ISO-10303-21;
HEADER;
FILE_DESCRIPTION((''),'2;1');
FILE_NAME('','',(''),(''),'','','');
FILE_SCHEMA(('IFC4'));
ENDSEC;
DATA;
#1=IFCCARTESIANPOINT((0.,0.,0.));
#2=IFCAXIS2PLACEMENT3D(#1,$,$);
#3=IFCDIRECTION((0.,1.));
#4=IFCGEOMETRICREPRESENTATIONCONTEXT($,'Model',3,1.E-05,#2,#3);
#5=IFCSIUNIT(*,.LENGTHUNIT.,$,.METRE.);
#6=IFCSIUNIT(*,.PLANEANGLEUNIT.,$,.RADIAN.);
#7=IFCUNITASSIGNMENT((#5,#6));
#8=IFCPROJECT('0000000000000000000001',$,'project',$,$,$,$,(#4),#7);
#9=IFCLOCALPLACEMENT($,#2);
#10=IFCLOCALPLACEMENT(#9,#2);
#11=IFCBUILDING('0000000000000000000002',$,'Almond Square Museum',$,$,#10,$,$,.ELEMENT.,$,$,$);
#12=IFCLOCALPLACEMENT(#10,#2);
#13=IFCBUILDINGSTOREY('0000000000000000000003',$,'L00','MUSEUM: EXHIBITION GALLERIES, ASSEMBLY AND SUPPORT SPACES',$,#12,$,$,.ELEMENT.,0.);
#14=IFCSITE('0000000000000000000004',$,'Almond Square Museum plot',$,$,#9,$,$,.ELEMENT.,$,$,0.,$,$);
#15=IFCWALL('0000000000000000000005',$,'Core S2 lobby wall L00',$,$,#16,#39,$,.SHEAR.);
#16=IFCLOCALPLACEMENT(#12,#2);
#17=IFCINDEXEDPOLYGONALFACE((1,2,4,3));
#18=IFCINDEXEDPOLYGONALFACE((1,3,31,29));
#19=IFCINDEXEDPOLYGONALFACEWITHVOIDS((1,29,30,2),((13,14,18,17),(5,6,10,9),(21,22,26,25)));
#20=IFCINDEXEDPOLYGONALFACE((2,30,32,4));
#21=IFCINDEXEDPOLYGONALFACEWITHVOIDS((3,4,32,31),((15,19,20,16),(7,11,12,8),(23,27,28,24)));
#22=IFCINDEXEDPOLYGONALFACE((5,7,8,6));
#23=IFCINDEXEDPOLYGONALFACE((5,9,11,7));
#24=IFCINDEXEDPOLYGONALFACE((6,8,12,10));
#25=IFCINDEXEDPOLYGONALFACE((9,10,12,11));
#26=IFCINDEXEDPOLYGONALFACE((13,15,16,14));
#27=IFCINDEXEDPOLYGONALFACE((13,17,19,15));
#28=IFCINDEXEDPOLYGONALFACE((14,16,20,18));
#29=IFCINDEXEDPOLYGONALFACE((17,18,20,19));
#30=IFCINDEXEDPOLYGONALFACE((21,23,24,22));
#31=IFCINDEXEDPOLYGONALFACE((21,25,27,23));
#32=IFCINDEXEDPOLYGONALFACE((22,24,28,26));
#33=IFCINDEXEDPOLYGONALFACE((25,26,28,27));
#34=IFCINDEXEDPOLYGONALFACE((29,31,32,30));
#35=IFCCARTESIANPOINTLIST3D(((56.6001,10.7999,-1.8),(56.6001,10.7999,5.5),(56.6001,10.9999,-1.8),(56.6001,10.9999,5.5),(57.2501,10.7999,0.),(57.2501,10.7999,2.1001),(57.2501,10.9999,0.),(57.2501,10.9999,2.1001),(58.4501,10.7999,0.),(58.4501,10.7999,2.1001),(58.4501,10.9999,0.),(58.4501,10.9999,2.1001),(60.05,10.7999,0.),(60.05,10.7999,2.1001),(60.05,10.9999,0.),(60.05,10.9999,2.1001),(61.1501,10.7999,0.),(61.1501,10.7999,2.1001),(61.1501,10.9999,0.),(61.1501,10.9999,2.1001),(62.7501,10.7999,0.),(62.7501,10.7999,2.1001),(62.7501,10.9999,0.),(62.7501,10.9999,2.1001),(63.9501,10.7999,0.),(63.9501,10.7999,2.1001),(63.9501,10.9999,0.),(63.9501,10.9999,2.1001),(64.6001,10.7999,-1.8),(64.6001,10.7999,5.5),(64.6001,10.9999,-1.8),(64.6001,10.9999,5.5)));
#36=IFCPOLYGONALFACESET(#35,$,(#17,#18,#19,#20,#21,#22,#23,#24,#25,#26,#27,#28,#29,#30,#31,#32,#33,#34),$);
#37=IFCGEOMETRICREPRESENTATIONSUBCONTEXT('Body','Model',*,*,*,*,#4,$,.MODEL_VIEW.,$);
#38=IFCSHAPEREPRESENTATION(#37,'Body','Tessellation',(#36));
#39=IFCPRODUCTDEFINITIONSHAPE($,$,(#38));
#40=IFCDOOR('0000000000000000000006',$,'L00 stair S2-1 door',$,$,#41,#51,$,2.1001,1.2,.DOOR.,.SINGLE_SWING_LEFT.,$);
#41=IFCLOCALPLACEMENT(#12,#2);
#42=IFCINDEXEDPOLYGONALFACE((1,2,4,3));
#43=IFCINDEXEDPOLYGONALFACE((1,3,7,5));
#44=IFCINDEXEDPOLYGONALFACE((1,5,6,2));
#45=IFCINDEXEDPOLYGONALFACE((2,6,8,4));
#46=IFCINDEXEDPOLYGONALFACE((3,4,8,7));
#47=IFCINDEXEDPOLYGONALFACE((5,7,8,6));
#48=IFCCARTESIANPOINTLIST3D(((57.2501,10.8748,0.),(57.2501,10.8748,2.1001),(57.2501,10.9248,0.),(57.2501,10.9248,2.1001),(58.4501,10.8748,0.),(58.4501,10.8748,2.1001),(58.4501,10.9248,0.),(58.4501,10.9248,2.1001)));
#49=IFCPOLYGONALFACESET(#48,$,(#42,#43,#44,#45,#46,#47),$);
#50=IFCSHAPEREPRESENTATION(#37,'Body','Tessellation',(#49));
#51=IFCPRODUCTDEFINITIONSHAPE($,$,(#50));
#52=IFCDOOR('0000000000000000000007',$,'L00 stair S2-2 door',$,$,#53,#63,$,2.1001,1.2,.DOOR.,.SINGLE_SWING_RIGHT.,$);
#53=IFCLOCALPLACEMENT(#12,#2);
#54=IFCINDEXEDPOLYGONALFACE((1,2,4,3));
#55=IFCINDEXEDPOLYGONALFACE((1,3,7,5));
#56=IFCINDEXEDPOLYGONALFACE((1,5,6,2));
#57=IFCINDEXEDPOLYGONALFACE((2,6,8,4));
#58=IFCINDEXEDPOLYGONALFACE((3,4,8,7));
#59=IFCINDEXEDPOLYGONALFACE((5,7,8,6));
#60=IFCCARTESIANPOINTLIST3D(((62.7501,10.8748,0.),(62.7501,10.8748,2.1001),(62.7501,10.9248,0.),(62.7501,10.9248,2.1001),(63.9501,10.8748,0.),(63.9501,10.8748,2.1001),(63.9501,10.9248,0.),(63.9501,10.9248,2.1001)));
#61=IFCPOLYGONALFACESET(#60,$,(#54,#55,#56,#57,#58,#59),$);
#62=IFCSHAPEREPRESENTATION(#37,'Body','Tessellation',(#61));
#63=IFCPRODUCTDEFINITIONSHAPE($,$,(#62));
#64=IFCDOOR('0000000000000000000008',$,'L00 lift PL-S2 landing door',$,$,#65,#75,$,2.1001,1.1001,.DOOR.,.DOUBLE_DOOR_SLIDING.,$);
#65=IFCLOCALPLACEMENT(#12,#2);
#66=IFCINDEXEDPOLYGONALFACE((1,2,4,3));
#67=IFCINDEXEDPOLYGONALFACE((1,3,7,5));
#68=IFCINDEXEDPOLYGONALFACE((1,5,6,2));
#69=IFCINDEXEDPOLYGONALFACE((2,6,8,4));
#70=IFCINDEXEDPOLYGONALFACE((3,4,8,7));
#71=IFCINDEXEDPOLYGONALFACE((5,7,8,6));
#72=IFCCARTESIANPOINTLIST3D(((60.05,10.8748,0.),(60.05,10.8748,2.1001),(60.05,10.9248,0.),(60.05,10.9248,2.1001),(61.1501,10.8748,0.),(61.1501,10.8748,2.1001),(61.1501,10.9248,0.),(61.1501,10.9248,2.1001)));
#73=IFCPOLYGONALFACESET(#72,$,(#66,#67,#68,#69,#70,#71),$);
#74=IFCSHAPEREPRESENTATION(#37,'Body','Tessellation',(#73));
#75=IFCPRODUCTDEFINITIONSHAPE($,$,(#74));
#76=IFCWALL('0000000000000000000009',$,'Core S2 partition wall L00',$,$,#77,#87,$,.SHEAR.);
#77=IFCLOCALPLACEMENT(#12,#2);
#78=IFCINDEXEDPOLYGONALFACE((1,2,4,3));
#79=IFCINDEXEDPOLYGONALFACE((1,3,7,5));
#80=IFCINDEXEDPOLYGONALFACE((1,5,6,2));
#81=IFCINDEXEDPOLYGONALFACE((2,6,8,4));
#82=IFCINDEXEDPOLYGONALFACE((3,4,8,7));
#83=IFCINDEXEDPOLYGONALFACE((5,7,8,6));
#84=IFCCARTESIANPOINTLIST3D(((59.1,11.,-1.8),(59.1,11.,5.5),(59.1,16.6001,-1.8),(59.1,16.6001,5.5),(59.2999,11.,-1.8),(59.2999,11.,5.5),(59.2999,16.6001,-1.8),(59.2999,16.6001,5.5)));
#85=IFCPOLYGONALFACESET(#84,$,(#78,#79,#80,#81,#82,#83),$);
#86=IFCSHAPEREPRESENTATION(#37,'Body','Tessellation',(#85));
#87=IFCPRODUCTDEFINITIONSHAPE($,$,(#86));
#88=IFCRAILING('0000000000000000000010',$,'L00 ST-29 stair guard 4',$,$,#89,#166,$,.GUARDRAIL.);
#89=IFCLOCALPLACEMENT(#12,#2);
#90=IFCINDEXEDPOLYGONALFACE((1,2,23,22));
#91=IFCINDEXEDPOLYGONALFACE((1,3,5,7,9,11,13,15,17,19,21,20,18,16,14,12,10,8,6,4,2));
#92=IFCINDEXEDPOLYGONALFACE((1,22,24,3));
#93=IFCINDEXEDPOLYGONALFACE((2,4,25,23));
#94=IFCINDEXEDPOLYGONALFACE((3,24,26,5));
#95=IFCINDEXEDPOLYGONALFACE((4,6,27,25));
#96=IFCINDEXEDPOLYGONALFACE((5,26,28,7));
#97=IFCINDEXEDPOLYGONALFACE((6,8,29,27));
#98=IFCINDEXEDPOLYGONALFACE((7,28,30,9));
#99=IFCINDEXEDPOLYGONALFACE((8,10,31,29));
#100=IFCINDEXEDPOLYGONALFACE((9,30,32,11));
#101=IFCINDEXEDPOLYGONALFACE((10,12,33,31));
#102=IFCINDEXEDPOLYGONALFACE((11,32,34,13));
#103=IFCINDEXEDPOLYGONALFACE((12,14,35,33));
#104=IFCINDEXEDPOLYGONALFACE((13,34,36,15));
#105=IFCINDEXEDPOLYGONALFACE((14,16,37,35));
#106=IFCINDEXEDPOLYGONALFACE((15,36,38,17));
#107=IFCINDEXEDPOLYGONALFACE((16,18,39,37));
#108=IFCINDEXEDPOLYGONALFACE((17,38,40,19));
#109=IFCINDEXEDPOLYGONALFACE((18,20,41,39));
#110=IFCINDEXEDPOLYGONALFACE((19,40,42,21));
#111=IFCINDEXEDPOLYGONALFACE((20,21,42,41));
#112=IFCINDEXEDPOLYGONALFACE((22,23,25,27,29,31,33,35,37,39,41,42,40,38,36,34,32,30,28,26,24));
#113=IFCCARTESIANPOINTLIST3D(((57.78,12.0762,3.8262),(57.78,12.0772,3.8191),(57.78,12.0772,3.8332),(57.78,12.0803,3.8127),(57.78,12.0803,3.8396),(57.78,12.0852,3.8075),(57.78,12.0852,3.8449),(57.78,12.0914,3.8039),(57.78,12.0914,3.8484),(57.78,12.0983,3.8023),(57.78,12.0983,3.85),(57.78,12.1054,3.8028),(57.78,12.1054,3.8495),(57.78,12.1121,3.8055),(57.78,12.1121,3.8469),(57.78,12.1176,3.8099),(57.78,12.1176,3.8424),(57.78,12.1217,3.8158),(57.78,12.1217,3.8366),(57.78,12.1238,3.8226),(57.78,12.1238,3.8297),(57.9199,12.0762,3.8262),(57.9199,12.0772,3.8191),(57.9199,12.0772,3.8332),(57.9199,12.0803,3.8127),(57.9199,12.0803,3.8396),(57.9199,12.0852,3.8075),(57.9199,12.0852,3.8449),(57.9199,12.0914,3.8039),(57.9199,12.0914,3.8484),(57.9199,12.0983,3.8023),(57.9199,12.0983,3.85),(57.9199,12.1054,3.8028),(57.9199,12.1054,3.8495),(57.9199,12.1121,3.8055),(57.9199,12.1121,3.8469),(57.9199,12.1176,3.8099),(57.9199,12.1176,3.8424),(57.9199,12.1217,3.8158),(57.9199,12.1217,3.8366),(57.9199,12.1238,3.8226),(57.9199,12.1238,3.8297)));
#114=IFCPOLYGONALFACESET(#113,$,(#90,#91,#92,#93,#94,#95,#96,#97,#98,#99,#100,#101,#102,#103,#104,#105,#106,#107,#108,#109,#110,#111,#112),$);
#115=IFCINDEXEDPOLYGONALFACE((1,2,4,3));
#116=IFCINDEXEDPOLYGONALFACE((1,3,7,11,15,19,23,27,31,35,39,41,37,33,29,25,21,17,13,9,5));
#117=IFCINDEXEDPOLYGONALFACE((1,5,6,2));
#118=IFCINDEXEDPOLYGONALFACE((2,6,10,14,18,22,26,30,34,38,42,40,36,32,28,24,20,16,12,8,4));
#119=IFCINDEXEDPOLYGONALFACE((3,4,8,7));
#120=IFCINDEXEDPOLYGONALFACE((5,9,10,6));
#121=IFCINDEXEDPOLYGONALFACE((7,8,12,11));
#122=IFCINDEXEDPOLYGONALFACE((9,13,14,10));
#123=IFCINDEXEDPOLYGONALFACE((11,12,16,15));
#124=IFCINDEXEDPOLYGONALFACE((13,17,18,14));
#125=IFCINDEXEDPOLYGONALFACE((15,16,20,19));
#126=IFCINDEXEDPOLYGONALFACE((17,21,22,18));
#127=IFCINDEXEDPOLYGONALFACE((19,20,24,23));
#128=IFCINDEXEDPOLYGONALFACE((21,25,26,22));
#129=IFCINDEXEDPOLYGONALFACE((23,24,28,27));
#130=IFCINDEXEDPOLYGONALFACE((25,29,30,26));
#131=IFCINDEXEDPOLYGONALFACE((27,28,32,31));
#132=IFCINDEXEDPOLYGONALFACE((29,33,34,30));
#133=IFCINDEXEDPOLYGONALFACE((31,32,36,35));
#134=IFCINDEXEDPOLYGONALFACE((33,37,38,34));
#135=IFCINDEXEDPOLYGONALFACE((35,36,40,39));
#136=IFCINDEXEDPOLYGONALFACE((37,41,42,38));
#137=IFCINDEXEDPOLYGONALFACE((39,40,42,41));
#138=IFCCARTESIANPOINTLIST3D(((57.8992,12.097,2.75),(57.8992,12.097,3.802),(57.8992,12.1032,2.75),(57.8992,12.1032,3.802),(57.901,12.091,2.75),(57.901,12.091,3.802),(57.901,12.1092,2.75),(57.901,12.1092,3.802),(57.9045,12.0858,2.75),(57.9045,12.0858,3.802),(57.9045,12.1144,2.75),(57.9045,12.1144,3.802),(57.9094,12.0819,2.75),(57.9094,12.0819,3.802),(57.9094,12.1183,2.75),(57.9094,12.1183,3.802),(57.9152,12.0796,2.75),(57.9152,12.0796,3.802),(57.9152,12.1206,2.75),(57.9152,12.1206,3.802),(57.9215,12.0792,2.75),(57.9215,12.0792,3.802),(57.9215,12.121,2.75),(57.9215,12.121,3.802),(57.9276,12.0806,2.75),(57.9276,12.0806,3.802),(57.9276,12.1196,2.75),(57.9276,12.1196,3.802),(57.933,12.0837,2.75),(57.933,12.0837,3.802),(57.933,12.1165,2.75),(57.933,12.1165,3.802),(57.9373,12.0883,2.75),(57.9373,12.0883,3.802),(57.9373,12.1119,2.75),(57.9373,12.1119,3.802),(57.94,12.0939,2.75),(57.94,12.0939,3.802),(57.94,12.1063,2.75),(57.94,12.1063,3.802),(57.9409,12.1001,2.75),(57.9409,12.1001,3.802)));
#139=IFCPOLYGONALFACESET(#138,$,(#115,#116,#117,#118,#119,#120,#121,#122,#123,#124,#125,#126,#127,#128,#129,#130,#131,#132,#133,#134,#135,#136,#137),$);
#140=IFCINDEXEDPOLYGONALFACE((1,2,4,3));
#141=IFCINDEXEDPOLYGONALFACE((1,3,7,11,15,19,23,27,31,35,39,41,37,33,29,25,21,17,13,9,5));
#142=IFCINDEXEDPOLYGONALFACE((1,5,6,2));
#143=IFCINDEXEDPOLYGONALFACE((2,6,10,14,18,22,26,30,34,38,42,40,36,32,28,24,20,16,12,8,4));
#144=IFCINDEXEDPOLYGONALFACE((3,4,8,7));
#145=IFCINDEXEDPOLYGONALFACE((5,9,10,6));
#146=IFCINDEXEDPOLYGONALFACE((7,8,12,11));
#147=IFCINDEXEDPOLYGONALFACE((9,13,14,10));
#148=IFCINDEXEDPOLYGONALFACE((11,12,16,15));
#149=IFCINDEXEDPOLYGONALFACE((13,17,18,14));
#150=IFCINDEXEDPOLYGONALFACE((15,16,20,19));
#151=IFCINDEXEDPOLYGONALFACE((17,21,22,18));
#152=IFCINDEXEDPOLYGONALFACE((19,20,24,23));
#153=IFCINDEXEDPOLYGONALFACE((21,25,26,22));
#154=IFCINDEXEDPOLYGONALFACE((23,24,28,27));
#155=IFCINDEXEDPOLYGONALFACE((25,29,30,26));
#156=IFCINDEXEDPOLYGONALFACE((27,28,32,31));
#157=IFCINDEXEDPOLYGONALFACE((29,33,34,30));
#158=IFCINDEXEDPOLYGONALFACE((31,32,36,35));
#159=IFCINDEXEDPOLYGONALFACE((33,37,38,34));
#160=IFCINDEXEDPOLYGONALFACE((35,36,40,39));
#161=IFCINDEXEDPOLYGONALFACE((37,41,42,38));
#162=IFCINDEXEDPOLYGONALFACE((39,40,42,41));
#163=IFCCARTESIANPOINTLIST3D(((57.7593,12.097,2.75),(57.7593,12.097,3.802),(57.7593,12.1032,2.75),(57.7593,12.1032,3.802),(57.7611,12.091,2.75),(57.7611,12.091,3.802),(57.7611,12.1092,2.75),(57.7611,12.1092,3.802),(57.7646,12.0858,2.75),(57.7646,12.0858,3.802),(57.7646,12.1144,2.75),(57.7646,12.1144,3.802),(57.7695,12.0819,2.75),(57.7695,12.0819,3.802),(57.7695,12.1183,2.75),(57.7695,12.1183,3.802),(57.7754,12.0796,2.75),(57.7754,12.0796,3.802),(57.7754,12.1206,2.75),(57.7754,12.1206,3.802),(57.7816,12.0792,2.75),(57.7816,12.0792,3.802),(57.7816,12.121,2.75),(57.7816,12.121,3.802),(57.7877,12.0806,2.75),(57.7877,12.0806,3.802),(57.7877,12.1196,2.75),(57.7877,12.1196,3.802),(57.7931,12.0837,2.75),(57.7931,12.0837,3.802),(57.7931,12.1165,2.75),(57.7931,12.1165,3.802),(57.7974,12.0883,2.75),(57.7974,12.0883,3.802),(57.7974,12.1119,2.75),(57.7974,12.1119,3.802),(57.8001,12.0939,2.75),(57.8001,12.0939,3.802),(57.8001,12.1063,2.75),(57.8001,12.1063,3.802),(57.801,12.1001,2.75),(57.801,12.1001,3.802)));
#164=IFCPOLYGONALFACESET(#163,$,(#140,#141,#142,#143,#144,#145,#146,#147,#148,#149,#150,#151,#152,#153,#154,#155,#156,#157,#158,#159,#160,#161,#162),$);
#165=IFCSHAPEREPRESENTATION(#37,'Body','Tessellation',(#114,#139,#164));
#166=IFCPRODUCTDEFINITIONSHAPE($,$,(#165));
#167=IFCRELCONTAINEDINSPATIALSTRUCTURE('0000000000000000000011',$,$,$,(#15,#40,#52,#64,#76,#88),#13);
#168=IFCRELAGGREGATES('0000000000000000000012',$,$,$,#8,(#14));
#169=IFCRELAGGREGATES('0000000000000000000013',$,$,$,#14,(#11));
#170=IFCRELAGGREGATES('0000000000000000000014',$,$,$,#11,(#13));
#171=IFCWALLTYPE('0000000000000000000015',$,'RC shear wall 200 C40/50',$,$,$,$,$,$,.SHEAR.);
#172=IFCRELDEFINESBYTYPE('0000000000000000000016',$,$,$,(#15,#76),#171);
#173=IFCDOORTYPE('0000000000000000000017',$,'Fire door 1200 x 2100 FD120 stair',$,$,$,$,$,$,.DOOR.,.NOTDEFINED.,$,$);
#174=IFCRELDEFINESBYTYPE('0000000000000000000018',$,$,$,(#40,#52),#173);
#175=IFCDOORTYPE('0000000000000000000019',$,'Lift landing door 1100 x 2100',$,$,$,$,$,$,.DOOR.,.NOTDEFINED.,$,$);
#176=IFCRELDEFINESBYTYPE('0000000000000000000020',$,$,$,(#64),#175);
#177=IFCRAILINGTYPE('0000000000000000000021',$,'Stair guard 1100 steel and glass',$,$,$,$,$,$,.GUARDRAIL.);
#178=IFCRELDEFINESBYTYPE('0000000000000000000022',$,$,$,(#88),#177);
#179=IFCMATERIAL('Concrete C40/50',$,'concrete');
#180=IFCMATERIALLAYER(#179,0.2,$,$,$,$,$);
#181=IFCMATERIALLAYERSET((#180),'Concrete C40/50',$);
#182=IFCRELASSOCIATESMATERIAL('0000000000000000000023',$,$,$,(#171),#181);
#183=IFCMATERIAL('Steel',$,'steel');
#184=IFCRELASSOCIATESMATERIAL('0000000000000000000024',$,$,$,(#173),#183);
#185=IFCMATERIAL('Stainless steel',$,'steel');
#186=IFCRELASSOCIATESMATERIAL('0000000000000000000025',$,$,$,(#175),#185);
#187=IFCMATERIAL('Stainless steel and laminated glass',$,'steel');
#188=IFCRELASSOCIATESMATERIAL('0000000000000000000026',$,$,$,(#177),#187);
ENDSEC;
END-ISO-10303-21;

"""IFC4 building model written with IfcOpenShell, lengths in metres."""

from ifc_helpers import new_model, si_unit, direction, frame, frame_2d, origin, origin_2d, place, context, subcontext, project, spatial, rectangle, circle, extrude, material, layer, layer_set, type_object, element, fill, save


model = new_model("IFC4")

# Units and contexts
model_context = context("Model", 3, precision=1e-05, world=origin(), true_north=direction((0.0, 1.0)))
body_context = subcontext(model_context, "Body", "Model", "MODEL_VIEW")
ifc_project = project(units=[si_unit("LENGTHUNIT", "METRE"), si_unit("PLANEANGLEUNIT", "RADIAN")], contexts=[model_context])

# Site, building, storey
site_placement = place(None, origin())
site = spatial("IfcSite", under=ifc_project, at=site_placement, Name="Almond Square Museum plot", CompositionType="ELEMENT", RefElevation=0.0)
building_placement = place(site_placement, origin())
building = spatial("IfcBuilding", under=site, at=building_placement, Name="Almond Square Museum", CompositionType="ELEMENT")
storey_placement = place(building_placement, origin())
storey = spatial("IfcBuildingStorey", under=building, at=storey_placement, Name="L00", Description="MUSEUM: EXHIBITION GALLERIES, ASSEMBLY AND SUPPORT SPACES", CompositionType="ELEMENT", Elevation=0.0)

# Shared definitions
ifc_material_1 = material(Name="Concrete C40/50", Category="concrete")
ifc_layer_1 = layer(ifc_material_1, 0.2)
ifc_layer_set_1 = layer_set([ifc_layer_1], Name="Concrete C40/50")
wall_type_1 = type_object("IfcWallType", Name="RC shear wall 200 C40/50", PredefinedType="SHEAR", material=ifc_layer_set_1)

# Wall, openings, doors
wall_1_placement = place(storey_placement, frame((56.6001, 10.8999, -1.8), z_axis=(0.0, 0.0, 1.0), x_axis=(1.0, 0.0, 0.0)))
wall_1 = element("IfcWall", 1, at=wall_1_placement, inside=storey, type_object=wall_type_1, Name="Core S2 lobby wall L00", PredefinedType="SHEAR", context=body_context, shape_type="SweptSolid", body=[
    extrude(rectangle(XDim=8.0, YDim=0.2, at=frame_2d((4.0, 0.0))), origin(), (0.0, 0.0, 1.0), 7.3),
])
opening_1_placement = place(wall_1_placement, frame((0.6499, 0.0, 1.8)))
opening_1 = element("IfcOpeningElement", 2, at=opening_1_placement, cuts=wall_1, PredefinedType="OPENING", context=body_context, shape_type="SweptSolid", body=[
    extrude(rectangle(XDim=1.2, YDim=2.1001, at=frame_2d((0.6001, 1.05))), frame((0.0, 0.1099, 0.0), z_axis=(0.0, -1.0, 0.0), x_axis=(1.0, 0.0, 0.0)), (0.0, 0.0, 1.0), 0.22),
])
opening_2_placement = place(wall_1_placement, frame((6.1499, 0.0, 1.8)))
opening_2 = element("IfcOpeningElement", 3, at=opening_2_placement, cuts=wall_1, PredefinedType="OPENING", context=body_context, shape_type="SweptSolid", body=[
    extrude(rectangle(XDim=1.2, YDim=2.1001, at=frame_2d((0.6001, 1.05))), frame((0.0, 0.1099, 0.0), z_axis=(0.0, -1.0, 0.0), x_axis=(1.0, 0.0, 0.0)), (0.0, 0.0, 1.0), 0.22),
])
opening_3_placement = place(wall_1_placement, frame((3.45, 0.0, 1.8)))
opening_3 = element("IfcOpeningElement", 4, at=opening_3_placement, cuts=wall_1, PredefinedType="OPENING", context=body_context, shape_type="SweptSolid", body=[
    extrude(rectangle(XDim=1.1001, YDim=2.1001, at=frame_2d((0.55, 1.05))), frame((0.0, 0.1099, 0.0), z_axis=(0.0, -1.0, 0.0), x_axis=(1.0, 0.0, 0.0)), (0.0, 0.0, 1.0), 0.22),
])
ifc_material_2 = material(Name="Steel", Category="steel")
door_type_1 = type_object("IfcDoorType", Name="Fire door 1200 x 2100 FD120 stair", OperationType="NOTDEFINED", PredefinedType="DOOR", material=ifc_material_2)
door_1_placement = place(opening_1_placement, origin())
door_1 = element("IfcDoor", 5, at=door_1_placement, inside=storey, type_object=door_type_1, Name="L00 stair S2-1 door", OperationType="SINGLE_SWING_LEFT", OverallHeight=2.1001, OverallWidth=1.2, PredefinedType="DOOR", context=body_context, shape_type="SweptSolid", body=[
    extrude(rectangle(XDim=1.2, YDim=2.1001, at=frame_2d((0.6001, 1.05))), frame((0.0, 0.0249, 0.0), z_axis=(0.0, -1.0, 0.0), x_axis=(1.0, 0.0, 0.0)), (0.0, 0.0, 1.0), 0.05),
])
fill(opening_1, door_1)
door_2_placement = place(opening_2_placement, origin())
door_2 = element("IfcDoor", 6, at=door_2_placement, inside=storey, type_object=door_type_1, Name="L00 stair S2-2 door", OperationType="SINGLE_SWING_RIGHT", OverallHeight=2.1001, OverallWidth=1.2, PredefinedType="DOOR", context=body_context, shape_type="SweptSolid", body=[
    extrude(rectangle(XDim=1.2, YDim=2.1001, at=frame_2d((0.6001, 1.05))), frame((0.0, 0.0249, 0.0), z_axis=(0.0, -1.0, 0.0), x_axis=(1.0, 0.0, 0.0)), (0.0, 0.0, 1.0), 0.05),
])
fill(opening_2, door_2)
ifc_material_3 = material(Name="Stainless steel", Category="steel")
door_type_2 = type_object("IfcDoorType", Name="Lift landing door 1100 x 2100", OperationType="NOTDEFINED", PredefinedType="DOOR", material=ifc_material_3)
door_3_placement = place(opening_3_placement, origin())
door_3 = element("IfcDoor", 7, at=door_3_placement, inside=storey, type_object=door_type_2, Name="L00 lift PL-S2 landing door", OperationType="DOUBLE_DOOR_SLIDING", OverallHeight=2.1001, OverallWidth=1.1001, PredefinedType="DOOR", context=body_context, shape_type="SweptSolid", body=[
    extrude(rectangle(XDim=1.1001, YDim=2.1001, at=frame_2d((0.55, 1.05))), frame((0.0, 0.0249, 0.0), z_axis=(0.0, -1.0, 0.0), x_axis=(1.0, 0.0, 0.0)), (0.0, 0.0, 1.0), 0.05),
])
fill(opening_3, door_3)

# Wall
wall_2_placement = place(storey_placement, frame((59.2, 11.0, -1.8), z_axis=(0.0, 0.0, 1.0), x_axis=(0.0, 1.0, 0.0)))
element("IfcWall", 8, at=wall_2_placement, inside=storey, type_object=wall_type_1, Name="Core S2 partition wall L00", PredefinedType="SHEAR", context=body_context, shape_type="SweptSolid", body=[
    extrude(rectangle(XDim=5.6001, YDim=0.2, at=frame_2d((2.8, 0.0))), origin(), (0.0, 0.0, 1.0), 7.3),
])

# Railing
ifc_material_4 = material(Name="Stainless steel and laminated glass", Category="steel")
railing_type = type_object("IfcRailingType", Name="Stair guard 1100 steel and glass", PredefinedType="GUARDRAIL", material=ifc_material_4)
railing_placement = place(storey_placement, frame((57.9199, 12.1001, 2.75)))
element("IfcRailing", 9, at=railing_placement, inside=storey, type_object=railing_type, Name="L00 ST-29 stair guard 4", PredefinedType="GUARDRAIL", context=body_context, shape_type="SweptSolid", body=[
    extrude(circle(Radius=0.0239, at=origin_2d()), frame((0.0, 0.0, 1.0762), z_axis=(-1.0, 0.0, 0.0), x_axis=(0.0, -1.0, 0.0)), (0.0, 0.0, 1.0), 0.1399),
    extrude(circle(Radius=0.021, at=origin_2d()), origin(), (0.0, 0.0, 1.0), 1.052),
    extrude(circle(Radius=0.021, at=origin_2d()), frame((-0.1399, 0.0, 0.0)), (0.0, 0.0, 1.0), 1.052),
])

save(model, "model.ifc")
